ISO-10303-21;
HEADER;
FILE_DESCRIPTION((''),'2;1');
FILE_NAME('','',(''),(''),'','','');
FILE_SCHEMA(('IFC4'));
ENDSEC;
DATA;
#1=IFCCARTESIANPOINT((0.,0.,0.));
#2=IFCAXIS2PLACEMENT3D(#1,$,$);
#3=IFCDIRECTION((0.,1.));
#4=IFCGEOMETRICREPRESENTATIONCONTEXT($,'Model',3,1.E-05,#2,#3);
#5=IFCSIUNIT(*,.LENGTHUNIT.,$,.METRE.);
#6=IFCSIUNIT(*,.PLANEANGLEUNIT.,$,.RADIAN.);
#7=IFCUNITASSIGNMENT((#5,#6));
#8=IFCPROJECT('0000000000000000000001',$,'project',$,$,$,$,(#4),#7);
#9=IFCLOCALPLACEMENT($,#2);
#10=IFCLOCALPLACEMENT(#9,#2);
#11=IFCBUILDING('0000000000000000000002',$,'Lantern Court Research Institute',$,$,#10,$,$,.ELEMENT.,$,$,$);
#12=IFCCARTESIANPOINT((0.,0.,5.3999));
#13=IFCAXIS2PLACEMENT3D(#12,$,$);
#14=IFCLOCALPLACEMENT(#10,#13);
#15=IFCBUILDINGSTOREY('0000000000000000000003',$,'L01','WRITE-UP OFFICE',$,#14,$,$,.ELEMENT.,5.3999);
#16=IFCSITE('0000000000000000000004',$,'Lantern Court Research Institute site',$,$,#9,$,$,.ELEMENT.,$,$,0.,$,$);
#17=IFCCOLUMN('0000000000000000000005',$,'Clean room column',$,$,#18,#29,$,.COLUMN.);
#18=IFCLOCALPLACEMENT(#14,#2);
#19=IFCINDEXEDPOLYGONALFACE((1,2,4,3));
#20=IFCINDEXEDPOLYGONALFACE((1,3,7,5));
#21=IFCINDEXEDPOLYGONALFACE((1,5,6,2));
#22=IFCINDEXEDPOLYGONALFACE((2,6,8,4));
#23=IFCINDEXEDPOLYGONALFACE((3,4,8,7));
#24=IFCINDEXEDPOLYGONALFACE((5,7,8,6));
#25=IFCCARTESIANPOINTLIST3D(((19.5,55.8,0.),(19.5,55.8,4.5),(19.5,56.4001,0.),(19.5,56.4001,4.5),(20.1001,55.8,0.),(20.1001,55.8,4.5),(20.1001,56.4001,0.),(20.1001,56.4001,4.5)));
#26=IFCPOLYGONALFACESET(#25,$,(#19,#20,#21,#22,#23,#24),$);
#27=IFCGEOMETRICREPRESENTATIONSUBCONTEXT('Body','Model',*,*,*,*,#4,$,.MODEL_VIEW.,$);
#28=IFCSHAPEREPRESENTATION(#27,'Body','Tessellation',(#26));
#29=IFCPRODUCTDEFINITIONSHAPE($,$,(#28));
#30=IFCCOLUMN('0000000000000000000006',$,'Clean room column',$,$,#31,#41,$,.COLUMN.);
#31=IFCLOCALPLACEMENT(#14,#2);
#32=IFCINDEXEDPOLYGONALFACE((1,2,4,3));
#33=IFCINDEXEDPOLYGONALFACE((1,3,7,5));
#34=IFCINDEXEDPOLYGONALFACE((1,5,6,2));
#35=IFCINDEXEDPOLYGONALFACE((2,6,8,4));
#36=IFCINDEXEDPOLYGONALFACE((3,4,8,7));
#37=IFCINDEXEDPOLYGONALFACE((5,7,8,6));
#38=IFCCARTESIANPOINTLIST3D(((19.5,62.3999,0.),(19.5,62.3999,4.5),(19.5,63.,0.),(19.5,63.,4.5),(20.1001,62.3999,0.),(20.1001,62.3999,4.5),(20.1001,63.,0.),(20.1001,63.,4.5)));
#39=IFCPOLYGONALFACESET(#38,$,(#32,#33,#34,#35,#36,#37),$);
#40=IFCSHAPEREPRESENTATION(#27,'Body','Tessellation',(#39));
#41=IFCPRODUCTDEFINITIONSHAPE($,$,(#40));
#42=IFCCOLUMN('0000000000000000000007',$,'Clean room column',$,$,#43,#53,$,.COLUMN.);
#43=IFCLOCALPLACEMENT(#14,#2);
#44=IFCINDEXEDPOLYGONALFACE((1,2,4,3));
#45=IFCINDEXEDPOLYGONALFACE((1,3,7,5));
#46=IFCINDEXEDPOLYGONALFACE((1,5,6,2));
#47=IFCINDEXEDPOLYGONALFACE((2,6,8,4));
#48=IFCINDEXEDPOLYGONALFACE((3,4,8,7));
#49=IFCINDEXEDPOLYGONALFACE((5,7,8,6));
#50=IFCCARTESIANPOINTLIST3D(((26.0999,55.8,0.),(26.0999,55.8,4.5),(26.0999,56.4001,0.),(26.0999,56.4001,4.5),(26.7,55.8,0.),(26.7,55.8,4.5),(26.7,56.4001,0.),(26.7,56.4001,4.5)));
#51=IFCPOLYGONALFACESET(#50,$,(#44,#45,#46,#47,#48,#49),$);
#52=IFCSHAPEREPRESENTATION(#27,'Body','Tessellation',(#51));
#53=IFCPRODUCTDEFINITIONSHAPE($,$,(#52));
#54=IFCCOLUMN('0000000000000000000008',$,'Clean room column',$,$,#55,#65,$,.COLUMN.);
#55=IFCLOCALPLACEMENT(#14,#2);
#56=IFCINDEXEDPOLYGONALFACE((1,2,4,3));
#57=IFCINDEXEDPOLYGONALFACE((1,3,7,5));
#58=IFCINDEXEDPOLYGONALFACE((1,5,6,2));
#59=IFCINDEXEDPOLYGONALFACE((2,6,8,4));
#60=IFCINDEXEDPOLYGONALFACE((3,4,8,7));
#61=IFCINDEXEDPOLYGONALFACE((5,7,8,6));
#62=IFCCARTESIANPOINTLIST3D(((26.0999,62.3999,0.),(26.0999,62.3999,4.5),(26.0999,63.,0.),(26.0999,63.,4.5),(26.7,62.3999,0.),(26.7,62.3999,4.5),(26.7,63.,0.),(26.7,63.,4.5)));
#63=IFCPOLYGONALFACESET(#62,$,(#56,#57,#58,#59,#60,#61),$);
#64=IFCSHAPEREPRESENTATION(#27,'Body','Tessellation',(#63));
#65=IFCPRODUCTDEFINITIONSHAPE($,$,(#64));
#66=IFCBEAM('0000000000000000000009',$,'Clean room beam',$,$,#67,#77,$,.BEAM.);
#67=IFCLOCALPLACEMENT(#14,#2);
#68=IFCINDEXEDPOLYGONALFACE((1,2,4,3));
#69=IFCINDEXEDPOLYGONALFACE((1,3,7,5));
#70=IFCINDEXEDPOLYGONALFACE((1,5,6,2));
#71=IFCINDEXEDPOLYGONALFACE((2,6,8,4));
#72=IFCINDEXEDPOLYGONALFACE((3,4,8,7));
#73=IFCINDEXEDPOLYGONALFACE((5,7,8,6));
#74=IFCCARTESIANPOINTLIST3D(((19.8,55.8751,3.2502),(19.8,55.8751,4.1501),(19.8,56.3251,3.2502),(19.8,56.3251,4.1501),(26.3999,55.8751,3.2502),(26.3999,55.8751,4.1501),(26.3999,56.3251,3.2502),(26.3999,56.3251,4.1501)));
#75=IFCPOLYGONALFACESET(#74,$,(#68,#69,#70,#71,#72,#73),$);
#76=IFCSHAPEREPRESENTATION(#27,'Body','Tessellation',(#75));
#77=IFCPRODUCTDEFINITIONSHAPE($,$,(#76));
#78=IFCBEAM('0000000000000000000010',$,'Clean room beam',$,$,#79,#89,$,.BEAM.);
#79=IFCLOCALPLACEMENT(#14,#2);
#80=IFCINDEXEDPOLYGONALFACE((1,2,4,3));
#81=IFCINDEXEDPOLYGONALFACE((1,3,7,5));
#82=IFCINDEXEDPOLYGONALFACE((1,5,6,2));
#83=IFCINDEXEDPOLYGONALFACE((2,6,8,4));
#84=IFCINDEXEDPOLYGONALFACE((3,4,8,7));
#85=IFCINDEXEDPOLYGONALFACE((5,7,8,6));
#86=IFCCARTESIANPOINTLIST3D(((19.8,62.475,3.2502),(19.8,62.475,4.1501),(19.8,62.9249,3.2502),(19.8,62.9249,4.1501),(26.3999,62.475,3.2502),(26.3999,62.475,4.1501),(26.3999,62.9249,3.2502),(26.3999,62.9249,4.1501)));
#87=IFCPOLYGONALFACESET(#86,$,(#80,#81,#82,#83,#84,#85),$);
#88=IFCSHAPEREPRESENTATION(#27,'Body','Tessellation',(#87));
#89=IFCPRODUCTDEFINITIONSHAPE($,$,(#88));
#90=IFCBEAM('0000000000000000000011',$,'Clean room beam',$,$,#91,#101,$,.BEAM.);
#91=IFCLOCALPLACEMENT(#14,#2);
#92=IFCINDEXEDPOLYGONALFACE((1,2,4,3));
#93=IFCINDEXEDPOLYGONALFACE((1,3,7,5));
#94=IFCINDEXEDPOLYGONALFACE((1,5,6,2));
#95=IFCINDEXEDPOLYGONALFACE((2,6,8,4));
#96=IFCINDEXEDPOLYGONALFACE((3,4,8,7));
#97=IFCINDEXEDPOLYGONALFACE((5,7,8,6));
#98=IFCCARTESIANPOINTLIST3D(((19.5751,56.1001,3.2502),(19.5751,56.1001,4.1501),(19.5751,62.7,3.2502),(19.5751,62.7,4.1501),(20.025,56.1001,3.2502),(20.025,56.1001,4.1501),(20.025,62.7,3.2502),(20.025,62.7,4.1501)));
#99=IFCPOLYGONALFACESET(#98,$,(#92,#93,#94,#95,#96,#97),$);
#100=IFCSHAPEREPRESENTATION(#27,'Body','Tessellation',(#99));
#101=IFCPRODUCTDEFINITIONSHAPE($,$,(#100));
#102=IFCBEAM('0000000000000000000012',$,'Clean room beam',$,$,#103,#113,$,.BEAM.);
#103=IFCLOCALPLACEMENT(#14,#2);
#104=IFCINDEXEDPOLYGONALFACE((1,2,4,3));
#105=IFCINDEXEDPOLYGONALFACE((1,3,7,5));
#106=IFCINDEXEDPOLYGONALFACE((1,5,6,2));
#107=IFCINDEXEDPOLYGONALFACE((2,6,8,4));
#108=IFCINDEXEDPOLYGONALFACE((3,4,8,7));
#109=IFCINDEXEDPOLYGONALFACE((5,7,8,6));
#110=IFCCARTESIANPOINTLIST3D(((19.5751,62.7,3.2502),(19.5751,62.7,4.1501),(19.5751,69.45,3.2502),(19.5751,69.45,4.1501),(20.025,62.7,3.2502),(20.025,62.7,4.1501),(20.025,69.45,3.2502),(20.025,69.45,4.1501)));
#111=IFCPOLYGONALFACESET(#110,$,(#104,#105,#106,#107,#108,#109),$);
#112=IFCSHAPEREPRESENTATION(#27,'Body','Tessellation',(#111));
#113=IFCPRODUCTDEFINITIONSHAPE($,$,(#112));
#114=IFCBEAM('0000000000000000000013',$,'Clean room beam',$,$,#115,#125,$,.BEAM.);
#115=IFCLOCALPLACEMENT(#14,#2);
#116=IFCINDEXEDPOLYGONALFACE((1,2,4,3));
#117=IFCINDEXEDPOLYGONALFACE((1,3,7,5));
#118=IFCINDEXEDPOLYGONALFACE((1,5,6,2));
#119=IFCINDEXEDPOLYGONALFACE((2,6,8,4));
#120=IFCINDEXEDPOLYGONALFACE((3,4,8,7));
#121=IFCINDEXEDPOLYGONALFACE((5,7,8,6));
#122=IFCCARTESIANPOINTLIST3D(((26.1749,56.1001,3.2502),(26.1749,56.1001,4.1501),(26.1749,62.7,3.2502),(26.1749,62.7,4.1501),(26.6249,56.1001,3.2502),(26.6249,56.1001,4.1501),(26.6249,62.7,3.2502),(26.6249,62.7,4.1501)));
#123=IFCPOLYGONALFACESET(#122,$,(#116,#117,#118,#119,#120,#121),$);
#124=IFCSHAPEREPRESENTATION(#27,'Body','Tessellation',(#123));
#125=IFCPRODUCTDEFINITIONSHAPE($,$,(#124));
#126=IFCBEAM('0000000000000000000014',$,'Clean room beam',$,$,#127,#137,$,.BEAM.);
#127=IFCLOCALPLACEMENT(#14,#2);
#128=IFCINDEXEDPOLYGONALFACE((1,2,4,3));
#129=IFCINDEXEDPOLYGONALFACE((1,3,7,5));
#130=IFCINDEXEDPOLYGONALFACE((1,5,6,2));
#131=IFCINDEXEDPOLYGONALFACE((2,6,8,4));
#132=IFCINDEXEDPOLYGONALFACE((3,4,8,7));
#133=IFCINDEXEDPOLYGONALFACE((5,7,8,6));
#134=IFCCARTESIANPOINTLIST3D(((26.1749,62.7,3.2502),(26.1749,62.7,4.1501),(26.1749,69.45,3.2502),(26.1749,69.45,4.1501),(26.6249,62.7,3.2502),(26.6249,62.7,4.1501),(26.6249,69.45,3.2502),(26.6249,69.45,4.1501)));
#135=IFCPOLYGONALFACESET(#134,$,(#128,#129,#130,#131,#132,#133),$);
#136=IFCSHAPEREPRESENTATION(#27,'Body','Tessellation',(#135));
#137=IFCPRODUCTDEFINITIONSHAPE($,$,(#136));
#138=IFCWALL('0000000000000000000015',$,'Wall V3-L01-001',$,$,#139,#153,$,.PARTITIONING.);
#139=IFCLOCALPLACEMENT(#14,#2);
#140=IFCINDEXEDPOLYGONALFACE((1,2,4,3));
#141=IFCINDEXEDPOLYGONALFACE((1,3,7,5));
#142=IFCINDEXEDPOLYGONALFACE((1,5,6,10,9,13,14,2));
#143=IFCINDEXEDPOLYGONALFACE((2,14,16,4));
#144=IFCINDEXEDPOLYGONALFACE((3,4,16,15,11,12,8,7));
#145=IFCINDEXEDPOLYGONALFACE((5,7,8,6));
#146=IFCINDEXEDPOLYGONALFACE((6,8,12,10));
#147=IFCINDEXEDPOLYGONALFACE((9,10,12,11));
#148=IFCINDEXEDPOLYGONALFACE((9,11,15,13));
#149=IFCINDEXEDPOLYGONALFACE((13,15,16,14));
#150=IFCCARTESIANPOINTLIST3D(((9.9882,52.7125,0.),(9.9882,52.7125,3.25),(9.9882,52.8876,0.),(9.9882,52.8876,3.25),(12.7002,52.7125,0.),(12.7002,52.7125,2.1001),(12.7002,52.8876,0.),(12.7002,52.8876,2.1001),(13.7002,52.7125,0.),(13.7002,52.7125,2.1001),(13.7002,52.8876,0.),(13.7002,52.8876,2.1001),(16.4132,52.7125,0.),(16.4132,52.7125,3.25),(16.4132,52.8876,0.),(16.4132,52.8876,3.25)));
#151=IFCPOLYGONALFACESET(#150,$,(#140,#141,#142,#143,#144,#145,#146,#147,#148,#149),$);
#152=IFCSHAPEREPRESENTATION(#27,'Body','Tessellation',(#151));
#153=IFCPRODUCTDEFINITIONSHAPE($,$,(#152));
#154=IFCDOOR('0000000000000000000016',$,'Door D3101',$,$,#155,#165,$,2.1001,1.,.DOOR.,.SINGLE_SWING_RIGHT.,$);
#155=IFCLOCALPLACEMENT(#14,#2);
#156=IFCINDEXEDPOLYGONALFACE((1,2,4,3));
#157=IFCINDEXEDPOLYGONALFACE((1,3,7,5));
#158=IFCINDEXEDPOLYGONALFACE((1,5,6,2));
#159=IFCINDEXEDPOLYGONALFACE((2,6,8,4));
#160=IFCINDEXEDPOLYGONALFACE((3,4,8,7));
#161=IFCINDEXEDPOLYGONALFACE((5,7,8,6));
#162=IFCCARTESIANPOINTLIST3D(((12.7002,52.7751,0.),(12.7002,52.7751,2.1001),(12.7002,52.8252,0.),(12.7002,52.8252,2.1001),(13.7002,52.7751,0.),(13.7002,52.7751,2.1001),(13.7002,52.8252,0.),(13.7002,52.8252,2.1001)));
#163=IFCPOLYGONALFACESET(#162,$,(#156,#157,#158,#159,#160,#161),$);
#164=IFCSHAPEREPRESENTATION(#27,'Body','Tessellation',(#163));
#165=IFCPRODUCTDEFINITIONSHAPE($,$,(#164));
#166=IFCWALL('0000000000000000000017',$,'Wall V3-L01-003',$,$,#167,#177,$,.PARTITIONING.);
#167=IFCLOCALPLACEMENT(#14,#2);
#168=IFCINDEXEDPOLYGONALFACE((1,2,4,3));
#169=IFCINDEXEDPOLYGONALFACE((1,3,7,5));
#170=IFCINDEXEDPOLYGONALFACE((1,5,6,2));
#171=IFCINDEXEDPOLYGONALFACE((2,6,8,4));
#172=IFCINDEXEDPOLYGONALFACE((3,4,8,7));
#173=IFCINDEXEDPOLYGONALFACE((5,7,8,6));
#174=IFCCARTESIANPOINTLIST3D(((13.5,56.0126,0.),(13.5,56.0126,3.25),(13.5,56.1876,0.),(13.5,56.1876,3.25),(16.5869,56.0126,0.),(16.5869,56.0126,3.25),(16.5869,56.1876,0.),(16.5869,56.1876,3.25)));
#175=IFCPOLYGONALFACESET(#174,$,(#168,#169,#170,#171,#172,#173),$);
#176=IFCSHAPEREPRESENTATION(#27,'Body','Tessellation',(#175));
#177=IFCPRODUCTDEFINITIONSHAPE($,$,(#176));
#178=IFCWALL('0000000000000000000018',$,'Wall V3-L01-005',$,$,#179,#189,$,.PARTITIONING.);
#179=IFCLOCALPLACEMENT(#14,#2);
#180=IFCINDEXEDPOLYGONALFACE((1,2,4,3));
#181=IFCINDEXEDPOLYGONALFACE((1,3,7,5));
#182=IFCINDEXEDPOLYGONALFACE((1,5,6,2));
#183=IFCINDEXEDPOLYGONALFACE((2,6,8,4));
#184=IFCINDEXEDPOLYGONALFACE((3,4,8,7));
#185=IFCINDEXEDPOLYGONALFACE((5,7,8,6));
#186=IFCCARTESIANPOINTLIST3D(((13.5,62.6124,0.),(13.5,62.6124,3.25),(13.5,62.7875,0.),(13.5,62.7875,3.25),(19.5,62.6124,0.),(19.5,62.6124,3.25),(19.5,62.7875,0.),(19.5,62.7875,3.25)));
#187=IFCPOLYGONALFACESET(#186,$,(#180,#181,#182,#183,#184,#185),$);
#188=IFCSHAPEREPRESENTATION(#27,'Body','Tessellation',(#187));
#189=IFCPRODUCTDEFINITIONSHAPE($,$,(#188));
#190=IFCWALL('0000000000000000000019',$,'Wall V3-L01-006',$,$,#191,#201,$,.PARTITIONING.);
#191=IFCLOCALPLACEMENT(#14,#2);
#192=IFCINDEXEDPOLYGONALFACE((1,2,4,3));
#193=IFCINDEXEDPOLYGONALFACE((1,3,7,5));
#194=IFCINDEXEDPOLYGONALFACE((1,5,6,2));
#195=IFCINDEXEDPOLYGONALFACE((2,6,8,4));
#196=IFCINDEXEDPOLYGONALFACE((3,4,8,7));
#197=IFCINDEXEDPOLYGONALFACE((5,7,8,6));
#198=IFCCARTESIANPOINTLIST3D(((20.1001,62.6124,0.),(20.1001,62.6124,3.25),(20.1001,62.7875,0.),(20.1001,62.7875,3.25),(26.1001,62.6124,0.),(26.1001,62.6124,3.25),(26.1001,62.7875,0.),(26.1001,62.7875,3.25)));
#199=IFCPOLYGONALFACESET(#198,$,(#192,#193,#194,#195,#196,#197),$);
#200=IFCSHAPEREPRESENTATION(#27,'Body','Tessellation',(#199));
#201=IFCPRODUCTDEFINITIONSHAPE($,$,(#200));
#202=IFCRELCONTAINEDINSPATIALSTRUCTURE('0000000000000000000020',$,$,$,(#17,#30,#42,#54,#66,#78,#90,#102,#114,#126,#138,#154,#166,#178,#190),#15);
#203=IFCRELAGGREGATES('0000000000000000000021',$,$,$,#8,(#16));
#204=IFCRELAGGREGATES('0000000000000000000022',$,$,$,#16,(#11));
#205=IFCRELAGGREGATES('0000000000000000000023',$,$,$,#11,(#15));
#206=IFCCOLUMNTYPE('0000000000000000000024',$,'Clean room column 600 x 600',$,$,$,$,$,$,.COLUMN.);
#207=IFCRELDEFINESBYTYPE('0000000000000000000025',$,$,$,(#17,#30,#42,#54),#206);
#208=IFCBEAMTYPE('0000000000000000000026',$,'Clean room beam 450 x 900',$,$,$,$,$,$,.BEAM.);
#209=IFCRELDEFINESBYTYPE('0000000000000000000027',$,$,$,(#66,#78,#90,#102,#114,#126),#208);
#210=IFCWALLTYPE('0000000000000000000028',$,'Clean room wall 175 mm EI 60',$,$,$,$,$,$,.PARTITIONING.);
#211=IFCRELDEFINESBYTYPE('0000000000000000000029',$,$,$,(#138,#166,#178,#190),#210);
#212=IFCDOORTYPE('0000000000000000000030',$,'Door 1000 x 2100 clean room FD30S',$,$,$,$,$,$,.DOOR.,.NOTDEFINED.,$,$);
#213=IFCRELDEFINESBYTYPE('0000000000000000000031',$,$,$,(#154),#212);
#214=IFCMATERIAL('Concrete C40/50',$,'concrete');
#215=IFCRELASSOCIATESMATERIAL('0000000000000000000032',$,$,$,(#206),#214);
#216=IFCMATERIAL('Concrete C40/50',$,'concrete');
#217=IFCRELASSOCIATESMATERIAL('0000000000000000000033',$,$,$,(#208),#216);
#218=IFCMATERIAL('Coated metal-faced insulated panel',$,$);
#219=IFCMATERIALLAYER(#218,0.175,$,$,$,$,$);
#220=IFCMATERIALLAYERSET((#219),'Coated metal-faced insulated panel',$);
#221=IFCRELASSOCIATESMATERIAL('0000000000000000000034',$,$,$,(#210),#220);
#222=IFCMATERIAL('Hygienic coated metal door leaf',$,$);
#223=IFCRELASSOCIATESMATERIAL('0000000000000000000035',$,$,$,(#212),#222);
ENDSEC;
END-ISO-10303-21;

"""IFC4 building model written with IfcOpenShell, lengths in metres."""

from ifc_helpers import new_model, si_unit, direction, frame, frame_2d, origin, origin_2d, place, context, subcontext, project, spatial, rectangle, extrude, material, layer, layer_set, material_profile, profile_set, type_object, element, fill, save


model = new_model("IFC4")

# Units and contexts
model_context = context("Model", 3, precision=1e-05, world=origin(), true_north=direction((0.0, 1.0)))
body_context = subcontext(model_context, "Body", "Model", "MODEL_VIEW")
ifc_project = project(units=[si_unit("LENGTHUNIT", "METRE"), si_unit("PLANEANGLEUNIT", "RADIAN")], contexts=[model_context])

# Site, building, storey
site_placement = place(None, origin())
site = spatial("IfcSite", under=ifc_project, at=site_placement, Name="Lantern Court Research Institute site", CompositionType="ELEMENT", RefElevation=0.0)
building_placement = place(site_placement, origin())
building = spatial("IfcBuilding", under=site, at=building_placement, Name="Lantern Court Research Institute", CompositionType="ELEMENT")
storey_placement = place(building_placement, frame((0.0, 0.0, 5.3999)))
storey = spatial("IfcBuildingStorey", under=building, at=storey_placement, Name="L01", Description="WRITE-UP OFFICE", CompositionType="ELEMENT", Elevation=5.3999)

# Columns
ifc_material_1 = material(Name="Concrete C40/50", Category="concrete")
ifc_material_profile_1 = material_profile(ifc_material_1, rectangle(XDim=0.6001, YDim=0.6001, at=origin_2d()), Name="Clean room column 600 x 600")
ifc_profile_set_1 = profile_set([ifc_material_profile_1], Name="Concrete C40/50")
column_type = type_object("IfcColumnType", Name="Clean room column 600 x 600", PredefinedType="COLUMN", material=ifc_profile_set_1)
for number, where, z_axis, x_axis, name in (
    (1, (19.8, 56.1001, 0.0), (0.0, 0.0, 1.0), (1.0, 0.0, 0.0), "Clean room column"),
    (2, (19.8, 62.7, 0.0), (0.0, 0.0, 1.0), (1.0, 0.0, 0.0), "Clean room column"),
    (3, (26.3999, 56.1001, 0.0), (0.0, 0.0, 1.0), (1.0, 0.0, 0.0), "Clean room column"),
    (4, (26.3999, 62.7, 0.0), (0.0, 0.0, 1.0), (1.0, 0.0, 0.0), "Clean room column"),
):
    element("IfcColumn", number, at=place(storey_placement, frame(where, z_axis=z_axis, x_axis=x_axis)), inside=storey, type_object=column_type, Name=name, PredefinedType="COLUMN", context=body_context, shape_type="SweptSolid", body=[
        extrude(rectangle(XDim=0.6001, YDim=0.6001, at=origin_2d()), origin(), (0.0, 0.0, 1.0), 4.5),
    ])

# Beams
ifc_material_2 = material(Name="Concrete C40/50", Category="concrete")
ifc_material_profile_2 = material_profile(ifc_material_2, rectangle(XDim=0.45, YDim=0.8999, at=origin_2d()), Name="Clean room beam 450 x 900")
ifc_profile_set_2 = profile_set([ifc_material_profile_2], Name="Concrete C40/50")
beam_type = type_object("IfcBeamType", Name="Clean room beam 450 x 900", PredefinedType="BEAM", material=ifc_profile_set_2)
for number, where, z_axis, x_axis, name in (
    (5, (19.8, 56.1001, 3.7002), (1.0, 0.0, 0.0), (0.0, 1.0, 0.0), "Clean room beam"),
    (6, (19.8, 62.7, 3.7002), (1.0, 0.0, 0.0), (0.0, 1.0, 0.0), "Clean room beam"),
    (7, (19.8, 56.1001, 3.7002), (0.0, 1.0, 0.0), (-1.0, 0.0, 0.0), "Clean room beam"),
):
    element("IfcBeam", number, at=place(storey_placement, frame(where, z_axis=z_axis, x_axis=x_axis)), inside=storey, type_object=beam_type, Name=name, PredefinedType="BEAM", context=body_context, shape_type="SweptSolid", body=[
        extrude(rectangle(XDim=0.45, YDim=0.8999, at=origin_2d()), origin(), (0.0, 0.0, 1.0), 6.5999),
    ])
beam_1_placement = place(storey_placement, frame((19.8, 62.7, 3.7002), z_axis=(0.0, 1.0, 0.0), x_axis=(-1.0, 0.0, 0.0)))
element("IfcBeam", 8, at=beam_1_placement, inside=storey, type_object=beam_type, Name="Clean room beam", PredefinedType="BEAM", context=body_context, shape_type="SweptSolid", body=[
    extrude(rectangle(XDim=0.45, YDim=0.8999, at=origin_2d()), origin(), (0.0, 0.0, 1.0), 6.75),
])
beam_2_placement = place(storey_placement, frame((26.3999, 56.1001, 3.7002), z_axis=(0.0, 1.0, 0.0), x_axis=(-1.0, 0.0, 0.0)))
element("IfcBeam", 9, at=beam_2_placement, inside=storey, type_object=beam_type, Name="Clean room beam", PredefinedType="BEAM", context=body_context, shape_type="SweptSolid", body=[
    extrude(rectangle(XDim=0.45, YDim=0.8999, at=origin_2d()), origin(), (0.0, 0.0, 1.0), 6.5999),
])
beam_3_placement = place(storey_placement, frame((26.3999, 62.7, 3.7002), z_axis=(0.0, 1.0, 0.0), x_axis=(-1.0, 0.0, 0.0)))
element("IfcBeam", 10, at=beam_3_placement, inside=storey, type_object=beam_type, Name="Clean room beam", PredefinedType="BEAM", context=body_context, shape_type="SweptSolid", body=[
    extrude(rectangle(XDim=0.45, YDim=0.8999, at=origin_2d()), origin(), (0.0, 0.0, 1.0), 6.75),
])

# Wall, opening, door
ifc_material_3 = material(Name="Coated metal-faced insulated panel")
ifc_layer_1 = layer(ifc_material_3, 0.175)
ifc_layer_set_1 = layer_set([ifc_layer_1], Name="Coated metal-faced insulated panel")
wall_type_1 = type_object("IfcWallType", Name="Clean room wall 175 mm EI 60", PredefinedType="PARTITIONING", material=ifc_layer_set_1)
wall_1_placement = place(storey_placement, frame((16.4131, 52.8, 0.0), z_axis=(0.0, 0.0, 1.0), x_axis=(-1.0, 0.0, 0.0)))
wall_1 = element("IfcWall", 11, at=wall_1_placement, inside=storey, type_object=wall_type_1, Name="Wall V3-L01-001", PredefinedType="PARTITIONING", context=body_context, shape_type="SweptSolid", body=[
    extrude(rectangle(XDim=6.425, YDim=0.175, at=frame_2d((3.2124, 0.0))), origin(), (0.0, 0.0, 1.0), 3.25),
])
opening_1_placement = place(wall_1_placement, frame((2.7129, 0.0, 0.0)))
opening_1 = element("IfcOpeningElement", 12, at=opening_1_placement, cuts=wall_1, PredefinedType="OPENING", context=body_context, shape_type="SweptSolid", body=[
    extrude(rectangle(XDim=1.0, YDim=2.1001, at=frame_2d((0.5, 1.05))), frame((0.0, 0.0974, 0.0), z_axis=(0.0, -1.0, 0.0), x_axis=(1.0, 0.0, 0.0)), (0.0, 0.0, 1.0), 0.1951),
])
ifc_material_4 = material(Name="Hygienic coated metal door leaf")
door_type_1 = type_object("IfcDoorType", Name="Door 1000 x 2100 clean room FD30S", OperationType="NOTDEFINED", PredefinedType="DOOR", material=ifc_material_4)
door_1_placement = place(opening_1_placement, origin())
door_1 = element("IfcDoor", 13, at=door_1_placement, inside=storey, type_object=door_type_1, Name="Door D3101", OperationType="SINGLE_SWING_RIGHT", OverallHeight=2.1001, OverallWidth=1.0, PredefinedType="DOOR", context=body_context, shape_type="SweptSolid", body=[
    extrude(rectangle(XDim=1.0, YDim=2.1001, at=frame_2d((0.5, 1.05))), frame((0.0, 0.0249, 0.0), z_axis=(0.0, -1.0, 0.0), x_axis=(1.0, 0.0, 0.0)), (0.0, 0.0, 1.0), 0.05),
])
fill(opening_1, door_1)

# Walls
wall_2_placement = place(storey_placement, frame((13.5, 56.1001, 0.0), z_axis=(0.0, 0.0, 1.0), x_axis=(1.0, 0.0, 0.0)))
element("IfcWall", 14, at=wall_2_placement, inside=storey, type_object=wall_type_1, Name="Wall V3-L01-003", PredefinedType="PARTITIONING", context=body_context, shape_type="SweptSolid", body=[
    extrude(rectangle(XDim=3.0869, YDim=0.175, at=frame_2d((1.5435, 0.0))), origin(), (0.0, 0.0, 1.0), 3.25),
])
for number, where, z_axis, x_axis, name in (
    (15, (13.5, 62.7, 0.0), (0.0, 0.0, 1.0), (1.0, 0.0, 0.0), "Wall V3-L01-005"),
    (16, (20.1001, 62.7, 0.0), (0.0, 0.0, 1.0), (1.0, 0.0, 0.0), "Wall V3-L01-006"),
):
    element("IfcWall", number, at=place(storey_placement, frame(where, z_axis=z_axis, x_axis=x_axis)), inside=storey, type_object=wall_type_1, Name=name, PredefinedType="PARTITIONING", context=body_context, shape_type="SweptSolid", body=[
        extrude(rectangle(XDim=6.0, YDim=0.175, at=frame_2d((3.0, 0.0))), origin(), (0.0, 0.0, 1.0), 3.25),
    ])

save(model, "model.ifc")
